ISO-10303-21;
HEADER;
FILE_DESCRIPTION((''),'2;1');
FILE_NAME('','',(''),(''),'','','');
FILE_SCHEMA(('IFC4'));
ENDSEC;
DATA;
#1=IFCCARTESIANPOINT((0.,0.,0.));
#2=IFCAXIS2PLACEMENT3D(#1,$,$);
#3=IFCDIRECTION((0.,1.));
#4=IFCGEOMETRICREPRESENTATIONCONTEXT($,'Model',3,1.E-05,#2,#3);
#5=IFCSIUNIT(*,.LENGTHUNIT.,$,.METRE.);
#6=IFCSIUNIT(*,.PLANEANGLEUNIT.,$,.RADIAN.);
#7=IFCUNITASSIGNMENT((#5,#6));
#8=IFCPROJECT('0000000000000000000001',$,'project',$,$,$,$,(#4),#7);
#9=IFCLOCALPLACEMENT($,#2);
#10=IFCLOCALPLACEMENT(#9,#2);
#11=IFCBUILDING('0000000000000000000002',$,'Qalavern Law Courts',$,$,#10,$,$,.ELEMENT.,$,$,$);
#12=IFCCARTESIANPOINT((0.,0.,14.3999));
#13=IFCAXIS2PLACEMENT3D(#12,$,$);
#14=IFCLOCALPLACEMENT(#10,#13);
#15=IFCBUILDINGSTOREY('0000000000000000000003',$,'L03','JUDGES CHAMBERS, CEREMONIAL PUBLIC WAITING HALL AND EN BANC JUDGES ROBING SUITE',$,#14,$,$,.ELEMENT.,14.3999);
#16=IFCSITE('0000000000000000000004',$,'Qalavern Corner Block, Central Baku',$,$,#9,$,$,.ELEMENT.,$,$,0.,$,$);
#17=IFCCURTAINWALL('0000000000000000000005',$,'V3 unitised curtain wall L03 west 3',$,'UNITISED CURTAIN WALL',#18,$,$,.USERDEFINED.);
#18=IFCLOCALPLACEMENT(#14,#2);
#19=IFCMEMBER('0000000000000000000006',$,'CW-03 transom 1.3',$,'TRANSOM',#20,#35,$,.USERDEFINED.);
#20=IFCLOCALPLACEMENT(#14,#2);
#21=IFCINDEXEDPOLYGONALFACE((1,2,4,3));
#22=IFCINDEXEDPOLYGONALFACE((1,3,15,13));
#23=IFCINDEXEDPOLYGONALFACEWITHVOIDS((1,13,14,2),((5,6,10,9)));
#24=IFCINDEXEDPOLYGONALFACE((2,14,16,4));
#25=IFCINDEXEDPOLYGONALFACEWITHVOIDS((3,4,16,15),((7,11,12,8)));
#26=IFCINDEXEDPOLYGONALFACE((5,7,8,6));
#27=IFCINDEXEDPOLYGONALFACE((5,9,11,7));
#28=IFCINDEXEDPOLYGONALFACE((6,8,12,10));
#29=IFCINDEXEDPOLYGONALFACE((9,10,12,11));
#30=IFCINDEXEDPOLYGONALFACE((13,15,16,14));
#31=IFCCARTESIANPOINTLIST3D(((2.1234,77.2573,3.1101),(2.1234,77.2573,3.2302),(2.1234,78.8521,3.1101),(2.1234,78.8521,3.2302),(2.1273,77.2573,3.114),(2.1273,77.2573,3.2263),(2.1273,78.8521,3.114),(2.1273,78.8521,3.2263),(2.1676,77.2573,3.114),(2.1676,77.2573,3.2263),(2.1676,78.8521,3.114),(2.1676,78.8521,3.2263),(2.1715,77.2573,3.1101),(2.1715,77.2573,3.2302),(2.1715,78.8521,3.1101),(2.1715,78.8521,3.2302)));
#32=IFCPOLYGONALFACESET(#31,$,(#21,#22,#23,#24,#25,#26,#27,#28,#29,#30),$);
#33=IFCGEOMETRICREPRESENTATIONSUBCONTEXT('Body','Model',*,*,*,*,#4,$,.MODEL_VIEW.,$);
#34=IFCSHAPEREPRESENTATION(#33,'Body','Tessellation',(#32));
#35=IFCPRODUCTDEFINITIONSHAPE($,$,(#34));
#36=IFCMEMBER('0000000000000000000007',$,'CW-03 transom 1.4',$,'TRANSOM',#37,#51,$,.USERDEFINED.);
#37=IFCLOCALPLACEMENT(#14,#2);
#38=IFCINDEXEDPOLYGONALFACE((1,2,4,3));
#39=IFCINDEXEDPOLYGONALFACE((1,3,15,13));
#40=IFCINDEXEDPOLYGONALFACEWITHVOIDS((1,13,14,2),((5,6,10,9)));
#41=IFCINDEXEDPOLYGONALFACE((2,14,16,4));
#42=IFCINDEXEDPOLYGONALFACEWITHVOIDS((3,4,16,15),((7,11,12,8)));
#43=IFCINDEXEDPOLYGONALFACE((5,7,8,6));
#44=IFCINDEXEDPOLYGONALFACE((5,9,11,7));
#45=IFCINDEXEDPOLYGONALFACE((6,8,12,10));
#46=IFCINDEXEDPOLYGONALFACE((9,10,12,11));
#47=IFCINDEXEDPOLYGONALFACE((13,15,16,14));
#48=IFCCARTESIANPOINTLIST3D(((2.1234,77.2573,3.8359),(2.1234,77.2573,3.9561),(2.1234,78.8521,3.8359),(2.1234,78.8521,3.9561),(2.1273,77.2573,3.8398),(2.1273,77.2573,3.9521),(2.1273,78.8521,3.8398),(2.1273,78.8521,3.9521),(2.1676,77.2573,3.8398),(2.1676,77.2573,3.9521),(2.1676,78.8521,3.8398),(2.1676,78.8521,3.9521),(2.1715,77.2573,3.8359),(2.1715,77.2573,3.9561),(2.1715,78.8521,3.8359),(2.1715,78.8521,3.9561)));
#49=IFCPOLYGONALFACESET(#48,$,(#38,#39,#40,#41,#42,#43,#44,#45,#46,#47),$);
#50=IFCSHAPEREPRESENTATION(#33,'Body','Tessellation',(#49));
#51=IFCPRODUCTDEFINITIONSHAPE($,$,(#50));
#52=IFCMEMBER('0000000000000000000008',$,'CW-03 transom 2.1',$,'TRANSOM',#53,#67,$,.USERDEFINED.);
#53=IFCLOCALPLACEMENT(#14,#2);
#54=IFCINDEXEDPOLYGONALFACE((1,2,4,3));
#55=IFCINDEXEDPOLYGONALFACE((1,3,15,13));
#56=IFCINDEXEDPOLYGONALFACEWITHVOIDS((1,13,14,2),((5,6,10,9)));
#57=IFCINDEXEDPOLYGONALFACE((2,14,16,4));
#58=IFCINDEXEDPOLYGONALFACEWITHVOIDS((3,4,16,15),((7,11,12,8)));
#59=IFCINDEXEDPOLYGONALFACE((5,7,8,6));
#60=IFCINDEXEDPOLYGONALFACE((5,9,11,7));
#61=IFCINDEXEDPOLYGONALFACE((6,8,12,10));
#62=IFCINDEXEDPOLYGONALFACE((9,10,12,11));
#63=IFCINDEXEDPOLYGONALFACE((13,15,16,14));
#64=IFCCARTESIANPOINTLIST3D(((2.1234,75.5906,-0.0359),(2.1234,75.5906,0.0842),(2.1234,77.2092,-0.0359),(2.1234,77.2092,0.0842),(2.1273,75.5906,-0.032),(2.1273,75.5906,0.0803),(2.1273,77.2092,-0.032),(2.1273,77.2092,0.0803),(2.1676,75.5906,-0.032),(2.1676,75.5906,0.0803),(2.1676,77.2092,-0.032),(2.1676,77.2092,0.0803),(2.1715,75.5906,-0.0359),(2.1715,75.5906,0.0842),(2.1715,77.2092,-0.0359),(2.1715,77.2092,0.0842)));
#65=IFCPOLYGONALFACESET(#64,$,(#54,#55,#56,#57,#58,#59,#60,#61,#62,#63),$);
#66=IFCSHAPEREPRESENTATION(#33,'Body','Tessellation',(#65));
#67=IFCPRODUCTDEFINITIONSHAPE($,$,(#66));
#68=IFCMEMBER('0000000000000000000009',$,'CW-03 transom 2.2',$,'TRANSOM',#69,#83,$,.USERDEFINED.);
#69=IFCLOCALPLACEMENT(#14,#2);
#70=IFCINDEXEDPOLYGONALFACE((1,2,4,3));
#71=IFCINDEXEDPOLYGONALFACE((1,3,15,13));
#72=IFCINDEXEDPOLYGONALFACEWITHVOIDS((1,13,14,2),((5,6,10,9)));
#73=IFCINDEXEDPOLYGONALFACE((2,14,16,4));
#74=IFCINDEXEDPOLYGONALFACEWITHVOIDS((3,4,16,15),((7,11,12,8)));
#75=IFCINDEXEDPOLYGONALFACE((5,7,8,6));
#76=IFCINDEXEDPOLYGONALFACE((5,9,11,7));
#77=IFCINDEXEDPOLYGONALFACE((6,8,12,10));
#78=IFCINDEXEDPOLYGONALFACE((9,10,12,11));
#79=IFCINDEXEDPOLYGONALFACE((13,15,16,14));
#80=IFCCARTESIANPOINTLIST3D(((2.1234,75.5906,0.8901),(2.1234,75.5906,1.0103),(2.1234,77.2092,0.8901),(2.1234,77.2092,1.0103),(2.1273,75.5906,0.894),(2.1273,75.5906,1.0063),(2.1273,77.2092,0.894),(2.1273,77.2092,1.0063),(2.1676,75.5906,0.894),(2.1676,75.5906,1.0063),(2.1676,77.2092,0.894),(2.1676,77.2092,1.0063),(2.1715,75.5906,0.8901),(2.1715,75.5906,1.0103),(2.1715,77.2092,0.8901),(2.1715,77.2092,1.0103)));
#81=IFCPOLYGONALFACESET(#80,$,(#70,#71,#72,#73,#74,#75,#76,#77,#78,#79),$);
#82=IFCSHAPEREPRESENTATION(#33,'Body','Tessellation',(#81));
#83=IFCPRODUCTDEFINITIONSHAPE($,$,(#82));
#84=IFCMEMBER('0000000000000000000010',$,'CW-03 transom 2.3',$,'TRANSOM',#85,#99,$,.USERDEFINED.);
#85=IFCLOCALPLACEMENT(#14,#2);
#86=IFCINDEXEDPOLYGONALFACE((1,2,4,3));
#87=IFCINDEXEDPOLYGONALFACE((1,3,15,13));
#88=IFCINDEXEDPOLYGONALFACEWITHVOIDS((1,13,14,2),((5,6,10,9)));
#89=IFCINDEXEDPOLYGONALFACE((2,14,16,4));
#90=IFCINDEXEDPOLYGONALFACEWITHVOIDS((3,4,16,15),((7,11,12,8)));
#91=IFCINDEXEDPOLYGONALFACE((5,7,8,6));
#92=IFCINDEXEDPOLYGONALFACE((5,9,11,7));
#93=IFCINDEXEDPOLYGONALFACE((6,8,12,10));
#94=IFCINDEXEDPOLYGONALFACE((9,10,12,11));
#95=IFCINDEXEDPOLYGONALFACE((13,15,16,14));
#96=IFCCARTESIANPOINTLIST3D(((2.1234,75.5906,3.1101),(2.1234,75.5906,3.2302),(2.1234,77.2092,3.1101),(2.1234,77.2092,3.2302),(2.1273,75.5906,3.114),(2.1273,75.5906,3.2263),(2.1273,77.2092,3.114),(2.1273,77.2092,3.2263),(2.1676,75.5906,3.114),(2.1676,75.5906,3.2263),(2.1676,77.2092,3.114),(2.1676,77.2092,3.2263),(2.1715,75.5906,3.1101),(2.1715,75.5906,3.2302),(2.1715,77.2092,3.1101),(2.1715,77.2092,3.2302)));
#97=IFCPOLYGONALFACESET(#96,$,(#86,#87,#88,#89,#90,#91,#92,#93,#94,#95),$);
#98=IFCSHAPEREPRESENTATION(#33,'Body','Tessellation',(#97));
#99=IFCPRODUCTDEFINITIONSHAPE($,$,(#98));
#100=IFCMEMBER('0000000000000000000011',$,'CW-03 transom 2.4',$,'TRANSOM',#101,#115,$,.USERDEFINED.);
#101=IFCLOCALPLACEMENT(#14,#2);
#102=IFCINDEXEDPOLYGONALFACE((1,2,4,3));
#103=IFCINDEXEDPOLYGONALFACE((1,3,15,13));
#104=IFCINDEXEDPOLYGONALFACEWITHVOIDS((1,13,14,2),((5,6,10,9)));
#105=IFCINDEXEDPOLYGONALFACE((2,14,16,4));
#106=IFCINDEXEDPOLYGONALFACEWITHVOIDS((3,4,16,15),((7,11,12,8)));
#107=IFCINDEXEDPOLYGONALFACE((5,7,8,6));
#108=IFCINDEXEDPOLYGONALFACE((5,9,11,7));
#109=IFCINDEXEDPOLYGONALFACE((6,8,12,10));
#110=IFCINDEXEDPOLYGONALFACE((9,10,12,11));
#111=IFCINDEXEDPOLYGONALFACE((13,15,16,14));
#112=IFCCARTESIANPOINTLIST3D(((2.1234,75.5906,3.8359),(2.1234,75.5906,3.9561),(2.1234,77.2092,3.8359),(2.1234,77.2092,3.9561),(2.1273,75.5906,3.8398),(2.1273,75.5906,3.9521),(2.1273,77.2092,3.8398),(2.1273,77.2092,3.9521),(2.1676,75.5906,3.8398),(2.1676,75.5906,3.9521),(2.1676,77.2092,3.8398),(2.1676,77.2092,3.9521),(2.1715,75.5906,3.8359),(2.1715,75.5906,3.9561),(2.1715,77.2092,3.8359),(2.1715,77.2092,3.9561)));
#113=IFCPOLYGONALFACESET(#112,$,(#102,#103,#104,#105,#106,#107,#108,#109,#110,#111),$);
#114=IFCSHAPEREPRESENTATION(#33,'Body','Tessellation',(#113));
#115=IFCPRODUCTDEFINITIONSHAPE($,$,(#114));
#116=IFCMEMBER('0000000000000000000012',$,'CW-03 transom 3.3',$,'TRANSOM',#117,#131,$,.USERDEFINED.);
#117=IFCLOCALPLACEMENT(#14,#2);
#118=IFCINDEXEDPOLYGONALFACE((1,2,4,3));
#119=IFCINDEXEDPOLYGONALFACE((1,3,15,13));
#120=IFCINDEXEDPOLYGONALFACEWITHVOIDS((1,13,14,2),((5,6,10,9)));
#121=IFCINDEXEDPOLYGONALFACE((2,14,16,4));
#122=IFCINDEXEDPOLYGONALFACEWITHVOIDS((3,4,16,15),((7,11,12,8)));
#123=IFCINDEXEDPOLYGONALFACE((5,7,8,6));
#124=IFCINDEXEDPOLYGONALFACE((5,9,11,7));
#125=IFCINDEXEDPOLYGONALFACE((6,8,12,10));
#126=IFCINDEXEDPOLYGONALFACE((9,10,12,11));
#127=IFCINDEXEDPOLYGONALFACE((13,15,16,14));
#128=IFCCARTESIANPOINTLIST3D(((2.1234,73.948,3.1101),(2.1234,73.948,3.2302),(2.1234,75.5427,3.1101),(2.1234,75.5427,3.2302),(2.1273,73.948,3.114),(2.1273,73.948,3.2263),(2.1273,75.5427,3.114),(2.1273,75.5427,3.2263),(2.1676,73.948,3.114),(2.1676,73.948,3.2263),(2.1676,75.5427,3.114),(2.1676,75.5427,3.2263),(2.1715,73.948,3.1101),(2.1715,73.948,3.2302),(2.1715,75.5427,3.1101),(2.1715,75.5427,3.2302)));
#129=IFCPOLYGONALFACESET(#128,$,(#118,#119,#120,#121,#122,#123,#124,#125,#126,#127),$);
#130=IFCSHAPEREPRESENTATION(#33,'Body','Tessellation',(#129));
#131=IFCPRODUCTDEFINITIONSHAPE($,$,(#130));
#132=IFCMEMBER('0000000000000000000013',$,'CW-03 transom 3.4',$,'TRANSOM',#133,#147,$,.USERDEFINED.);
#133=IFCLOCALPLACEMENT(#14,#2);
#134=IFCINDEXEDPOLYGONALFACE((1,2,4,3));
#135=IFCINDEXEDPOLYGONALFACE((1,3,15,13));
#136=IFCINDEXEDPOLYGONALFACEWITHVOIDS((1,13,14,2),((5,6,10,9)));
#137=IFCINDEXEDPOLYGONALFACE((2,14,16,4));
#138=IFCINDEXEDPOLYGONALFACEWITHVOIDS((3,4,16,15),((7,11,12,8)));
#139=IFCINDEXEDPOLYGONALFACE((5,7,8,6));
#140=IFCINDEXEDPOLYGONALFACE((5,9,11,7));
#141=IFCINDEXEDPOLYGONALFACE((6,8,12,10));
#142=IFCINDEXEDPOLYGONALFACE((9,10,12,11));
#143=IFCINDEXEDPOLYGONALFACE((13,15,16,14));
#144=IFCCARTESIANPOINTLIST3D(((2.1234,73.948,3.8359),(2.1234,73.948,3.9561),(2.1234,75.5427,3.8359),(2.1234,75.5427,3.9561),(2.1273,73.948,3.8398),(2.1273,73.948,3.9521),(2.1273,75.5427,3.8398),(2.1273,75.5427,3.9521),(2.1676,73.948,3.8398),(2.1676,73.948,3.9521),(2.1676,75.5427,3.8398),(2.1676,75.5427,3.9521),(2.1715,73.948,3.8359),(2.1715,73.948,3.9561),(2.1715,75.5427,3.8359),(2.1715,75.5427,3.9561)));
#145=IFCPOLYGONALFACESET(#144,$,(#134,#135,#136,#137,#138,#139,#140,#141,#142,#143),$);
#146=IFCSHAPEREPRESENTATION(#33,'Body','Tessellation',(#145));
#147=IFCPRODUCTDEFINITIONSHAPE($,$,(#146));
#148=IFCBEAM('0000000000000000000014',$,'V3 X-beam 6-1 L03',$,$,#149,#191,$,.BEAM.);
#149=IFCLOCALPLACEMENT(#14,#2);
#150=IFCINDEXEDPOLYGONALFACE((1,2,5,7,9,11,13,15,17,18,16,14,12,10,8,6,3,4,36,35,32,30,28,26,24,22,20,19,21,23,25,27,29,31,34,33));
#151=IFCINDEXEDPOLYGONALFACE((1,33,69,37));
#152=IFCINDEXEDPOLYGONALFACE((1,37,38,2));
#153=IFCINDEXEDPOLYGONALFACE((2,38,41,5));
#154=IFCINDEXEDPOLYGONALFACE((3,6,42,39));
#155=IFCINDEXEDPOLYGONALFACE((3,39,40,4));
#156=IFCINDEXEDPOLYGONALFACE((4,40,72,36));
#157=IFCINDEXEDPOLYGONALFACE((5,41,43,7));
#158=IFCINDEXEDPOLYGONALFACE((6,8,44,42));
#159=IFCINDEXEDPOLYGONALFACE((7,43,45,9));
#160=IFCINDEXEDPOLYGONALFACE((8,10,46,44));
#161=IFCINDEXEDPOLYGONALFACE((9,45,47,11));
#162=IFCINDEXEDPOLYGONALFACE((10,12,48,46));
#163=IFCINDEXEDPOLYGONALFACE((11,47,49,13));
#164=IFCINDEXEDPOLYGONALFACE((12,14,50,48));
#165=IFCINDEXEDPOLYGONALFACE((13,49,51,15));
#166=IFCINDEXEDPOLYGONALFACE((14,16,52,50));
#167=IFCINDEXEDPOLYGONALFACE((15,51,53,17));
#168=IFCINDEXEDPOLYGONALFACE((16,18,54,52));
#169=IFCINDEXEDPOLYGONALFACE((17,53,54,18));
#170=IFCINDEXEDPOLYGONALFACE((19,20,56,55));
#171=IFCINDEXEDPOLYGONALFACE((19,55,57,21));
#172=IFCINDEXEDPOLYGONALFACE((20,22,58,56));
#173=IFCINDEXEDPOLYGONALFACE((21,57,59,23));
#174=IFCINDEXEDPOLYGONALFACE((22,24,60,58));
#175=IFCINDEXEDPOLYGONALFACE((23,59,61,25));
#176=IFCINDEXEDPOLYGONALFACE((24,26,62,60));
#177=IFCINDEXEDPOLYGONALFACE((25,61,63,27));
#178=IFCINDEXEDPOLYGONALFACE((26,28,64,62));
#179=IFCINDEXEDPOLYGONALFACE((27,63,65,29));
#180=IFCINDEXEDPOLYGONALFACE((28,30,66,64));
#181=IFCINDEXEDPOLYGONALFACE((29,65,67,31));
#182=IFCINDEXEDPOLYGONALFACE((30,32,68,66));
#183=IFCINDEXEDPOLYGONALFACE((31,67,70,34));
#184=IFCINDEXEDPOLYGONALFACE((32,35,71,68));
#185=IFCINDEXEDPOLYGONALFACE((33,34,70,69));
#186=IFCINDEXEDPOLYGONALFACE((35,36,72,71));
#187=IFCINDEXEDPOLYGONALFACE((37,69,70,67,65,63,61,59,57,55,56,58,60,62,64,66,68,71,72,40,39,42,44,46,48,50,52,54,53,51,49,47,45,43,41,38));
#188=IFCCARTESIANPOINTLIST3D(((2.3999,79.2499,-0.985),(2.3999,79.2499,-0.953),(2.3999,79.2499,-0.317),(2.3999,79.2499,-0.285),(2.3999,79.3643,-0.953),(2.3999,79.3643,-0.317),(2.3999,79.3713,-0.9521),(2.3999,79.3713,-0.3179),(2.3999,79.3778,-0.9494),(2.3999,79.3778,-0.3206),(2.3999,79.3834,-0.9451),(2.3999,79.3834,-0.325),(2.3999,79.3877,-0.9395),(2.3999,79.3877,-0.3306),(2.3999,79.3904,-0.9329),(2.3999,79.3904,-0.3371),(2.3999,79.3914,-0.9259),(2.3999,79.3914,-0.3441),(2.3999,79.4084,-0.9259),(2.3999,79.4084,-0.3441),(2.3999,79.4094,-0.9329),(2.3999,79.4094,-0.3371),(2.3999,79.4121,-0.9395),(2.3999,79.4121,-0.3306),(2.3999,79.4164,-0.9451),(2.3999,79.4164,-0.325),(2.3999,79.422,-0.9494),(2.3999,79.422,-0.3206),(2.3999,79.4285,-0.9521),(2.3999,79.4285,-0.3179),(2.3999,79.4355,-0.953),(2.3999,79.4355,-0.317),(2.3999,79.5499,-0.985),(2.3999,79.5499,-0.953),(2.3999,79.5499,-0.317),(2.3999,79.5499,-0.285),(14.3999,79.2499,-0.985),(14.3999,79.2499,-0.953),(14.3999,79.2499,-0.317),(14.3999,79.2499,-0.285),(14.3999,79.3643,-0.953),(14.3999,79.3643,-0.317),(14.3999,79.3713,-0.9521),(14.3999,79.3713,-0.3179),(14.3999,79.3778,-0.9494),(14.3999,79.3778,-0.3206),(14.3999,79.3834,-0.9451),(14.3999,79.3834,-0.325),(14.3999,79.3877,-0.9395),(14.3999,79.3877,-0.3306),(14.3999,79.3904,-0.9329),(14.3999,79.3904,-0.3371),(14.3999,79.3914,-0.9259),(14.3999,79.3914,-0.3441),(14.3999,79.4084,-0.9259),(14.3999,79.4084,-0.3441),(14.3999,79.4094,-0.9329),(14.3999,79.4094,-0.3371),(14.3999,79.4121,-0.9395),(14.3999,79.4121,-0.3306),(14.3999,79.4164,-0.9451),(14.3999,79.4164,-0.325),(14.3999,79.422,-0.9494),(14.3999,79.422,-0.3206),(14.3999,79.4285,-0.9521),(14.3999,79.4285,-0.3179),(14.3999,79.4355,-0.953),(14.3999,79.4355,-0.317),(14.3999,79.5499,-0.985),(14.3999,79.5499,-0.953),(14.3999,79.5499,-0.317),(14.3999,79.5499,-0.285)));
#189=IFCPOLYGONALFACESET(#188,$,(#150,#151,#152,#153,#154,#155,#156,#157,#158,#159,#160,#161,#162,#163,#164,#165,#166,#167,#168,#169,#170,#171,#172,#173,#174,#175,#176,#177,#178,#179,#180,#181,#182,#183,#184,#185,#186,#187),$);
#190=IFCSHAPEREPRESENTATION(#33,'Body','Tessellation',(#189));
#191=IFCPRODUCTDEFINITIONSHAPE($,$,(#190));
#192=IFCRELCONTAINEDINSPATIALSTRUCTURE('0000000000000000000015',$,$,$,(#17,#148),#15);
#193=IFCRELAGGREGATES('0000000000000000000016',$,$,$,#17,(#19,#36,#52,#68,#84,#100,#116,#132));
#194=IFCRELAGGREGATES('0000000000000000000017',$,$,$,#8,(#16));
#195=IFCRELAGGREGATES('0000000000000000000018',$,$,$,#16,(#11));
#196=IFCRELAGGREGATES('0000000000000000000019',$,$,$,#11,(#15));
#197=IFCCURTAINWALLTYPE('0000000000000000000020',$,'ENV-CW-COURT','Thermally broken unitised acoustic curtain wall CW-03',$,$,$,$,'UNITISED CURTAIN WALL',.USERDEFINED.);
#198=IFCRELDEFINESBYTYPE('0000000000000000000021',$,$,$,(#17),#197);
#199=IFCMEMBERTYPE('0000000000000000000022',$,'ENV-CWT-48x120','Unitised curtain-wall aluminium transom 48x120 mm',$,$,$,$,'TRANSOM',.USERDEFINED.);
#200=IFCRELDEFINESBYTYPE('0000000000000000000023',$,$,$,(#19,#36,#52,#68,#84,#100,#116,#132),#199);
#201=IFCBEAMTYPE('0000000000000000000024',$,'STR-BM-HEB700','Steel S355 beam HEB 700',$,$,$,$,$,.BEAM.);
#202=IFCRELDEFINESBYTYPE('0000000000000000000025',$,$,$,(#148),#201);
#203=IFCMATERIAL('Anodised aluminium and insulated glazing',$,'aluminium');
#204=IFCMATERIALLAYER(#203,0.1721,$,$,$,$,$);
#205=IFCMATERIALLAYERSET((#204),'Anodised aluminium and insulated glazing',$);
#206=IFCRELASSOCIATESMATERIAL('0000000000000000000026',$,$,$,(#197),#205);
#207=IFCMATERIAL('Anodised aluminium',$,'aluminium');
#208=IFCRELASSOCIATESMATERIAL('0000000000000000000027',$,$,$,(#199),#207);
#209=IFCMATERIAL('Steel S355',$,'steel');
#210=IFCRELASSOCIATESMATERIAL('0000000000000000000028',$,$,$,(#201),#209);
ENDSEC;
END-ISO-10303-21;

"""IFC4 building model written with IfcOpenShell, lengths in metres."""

from ifc_helpers import new_model, si_unit, direction, frame, origin, origin_2d, place, context, subcontext, project, spatial, hollow_rectangle, i_section, extrude, material, layer, layer_set, material_profile, profile_set, type_object, element, aggregate, save


model = new_model("IFC4")

# Units and contexts
model_context = context("Model", 3, precision=1e-05, world=origin(), true_north=direction((0.0, 1.0)))
body_context = subcontext(model_context, "Body", "Model", "MODEL_VIEW")
ifc_project = project(units=[si_unit("LENGTHUNIT", "METRE"), si_unit("PLANEANGLEUNIT", "RADIAN")], contexts=[model_context])

# Site, building, storey
site_placement = place(None, origin())
site = spatial("IfcSite", under=ifc_project, at=site_placement, Name="Qalavern Corner Block, Central Baku", CompositionType="ELEMENT", RefElevation=0.0)
building_placement = place(site_placement, origin())
building = spatial("IfcBuilding", under=site, at=building_placement, Name="Qalavern Law Courts", CompositionType="ELEMENT")
storey_placement = place(building_placement, frame((0.0, 0.0, 14.3999)))
storey = spatial("IfcBuildingStorey", under=building, at=storey_placement, Name="L03", Description="JUDGES CHAMBERS, CEREMONIAL PUBLIC WAITING HALL AND EN BANC JUDGES ROBING SUITE", CompositionType="ELEMENT", Elevation=14.3999)

# Shared definitions
ifc_material_1 = material(Name="Anodised aluminium and insulated glazing", Category="aluminium")
ifc_layer_1 = layer(ifc_material_1, 0.1721)
ifc_layer_set_1 = layer_set([ifc_layer_1], Name="Anodised aluminium and insulated glazing")
curtain_wall_type = type_object("IfcCurtainWallType", Name="ENV-CW-COURT", Description="Thermally broken unitised acoustic curtain wall CW-03", ElementType="UNITISED CURTAIN WALL", PredefinedType="USERDEFINED", material=ifc_layer_set_1)
ifc_material_2 = material(Name="Anodised aluminium", Category="aluminium")

# Curtain wall
curtain_wall_1_placement = place(storey_placement, origin())
curtain_wall_1 = element("IfcCurtainWall", 1, at=curtain_wall_1_placement, inside=storey, type_object=curtain_wall_type, Name="V3 unitised curtain wall L03 west 3", ObjectType="UNITISED CURTAIN WALL", PredefinedType="USERDEFINED")

# Members
ifc_material_profile_1 = material_profile(ifc_material_2, hollow_rectangle(XDim=0.0481, YDim=0.1201, WallThickness=0.0039, at=origin_2d()), Name="ALU TRANSOM 48x120")
ifc_profile_set_1 = profile_set([ifc_material_profile_1], Name="Anodised aluminium")
member_type_1 = type_object("IfcMemberType", Name="ENV-CWT-48x120", Description="Unitised curtain-wall aluminium transom 48x120 mm", ElementType="TRANSOM", PredefinedType="USERDEFINED", material=ifc_profile_set_1)
member_1_placement = place(storey_placement, frame((2.1475, 78.8521, 3.1702), z_axis=(0.0, -1.0, 0.0), x_axis=(1.0, 0.0, 0.0)))
member_1 = element("IfcMember", 2, at=member_1_placement, type_object=member_type_1, Name="CW-03 transom 1.3", ObjectType="TRANSOM", PredefinedType="USERDEFINED", context=body_context, shape_type="SweptSolid", body=[
    extrude(hollow_rectangle(XDim=0.0481, YDim=0.1201, WallThickness=0.0039, at=origin_2d()), origin(), (0.0, 0.0, 1.0), 1.5947),
])
member_2_placement = place(storey_placement, frame((2.1475, 78.8521, 3.896), z_axis=(0.0, -1.0, 0.0), x_axis=(1.0, 0.0, 0.0)))
member_2 = element("IfcMember", 3, at=member_2_placement, type_object=member_type_1, Name="CW-03 transom 1.4", ObjectType="TRANSOM", PredefinedType="USERDEFINED", context=body_context, shape_type="SweptSolid", body=[
    extrude(hollow_rectangle(XDim=0.0481, YDim=0.1201, WallThickness=0.0039, at=origin_2d()), origin(), (0.0, 0.0, 1.0), 1.5947),
])
member_3_placement = place(storey_placement, frame((2.1475, 77.2092, 0.0242), z_axis=(0.0, -1.0, 0.0), x_axis=(1.0, 0.0, 0.0)))
member_3 = element("IfcMember", 4, at=member_3_placement, type_object=member_type_1, Name="CW-03 transom 2.1", ObjectType="TRANSOM", PredefinedType="USERDEFINED", context=body_context, shape_type="SweptSolid", body=[
    extrude(hollow_rectangle(XDim=0.0481, YDim=0.1201, WallThickness=0.0039, at=origin_2d()), origin(), (0.0, 0.0, 1.0), 1.6187),
])
member_4_placement = place(storey_placement, frame((2.1475, 77.2092, 0.9502), z_axis=(0.0, -1.0, 0.0), x_axis=(1.0, 0.0, 0.0)))
member_4 = element("IfcMember", 5, at=member_4_placement, type_object=member_type_1, Name="CW-03 transom 2.2", ObjectType="TRANSOM", PredefinedType="USERDEFINED", context=body_context, shape_type="SweptSolid", body=[
    extrude(hollow_rectangle(XDim=0.0481, YDim=0.1201, WallThickness=0.0039, at=origin_2d()), origin(), (0.0, 0.0, 1.0), 1.6187),
])
member_5_placement = place(storey_placement, frame((2.1475, 77.2092, 3.1702), z_axis=(0.0, -1.0, 0.0), x_axis=(1.0, 0.0, 0.0)))
member_5 = element("IfcMember", 6, at=member_5_placement, type_object=member_type_1, Name="CW-03 transom 2.3", ObjectType="TRANSOM", PredefinedType="USERDEFINED", context=body_context, shape_type="SweptSolid", body=[
    extrude(hollow_rectangle(XDim=0.0481, YDim=0.1201, WallThickness=0.0039, at=origin_2d()), origin(), (0.0, 0.0, 1.0), 1.6187),
])
member_6_placement = place(storey_placement, frame((2.1475, 77.2092, 3.896), z_axis=(0.0, -1.0, 0.0), x_axis=(1.0, 0.0, 0.0)))
member_6 = element("IfcMember", 7, at=member_6_placement, type_object=member_type_1, Name="CW-03 transom 2.4", ObjectType="TRANSOM", PredefinedType="USERDEFINED", context=body_context, shape_type="SweptSolid", body=[
    extrude(hollow_rectangle(XDim=0.0481, YDim=0.1201, WallThickness=0.0039, at=origin_2d()), origin(), (0.0, 0.0, 1.0), 1.6187),
])
member_7_placement = place(storey_placement, frame((2.1475, 75.5427, 3.1702), z_axis=(0.0, -1.0, 0.0), x_axis=(1.0, 0.0, 0.0)))
member_7 = element("IfcMember", 8, at=member_7_placement, type_object=member_type_1, Name="CW-03 transom 3.3", ObjectType="TRANSOM", PredefinedType="USERDEFINED", context=body_context, shape_type="SweptSolid", body=[
    extrude(hollow_rectangle(XDim=0.0481, YDim=0.1201, WallThickness=0.0039, at=origin_2d()), origin(), (0.0, 0.0, 1.0), 1.5947),
])
member_8_placement = place(storey_placement, frame((2.1475, 75.5427, 3.896), z_axis=(0.0, -1.0, 0.0), x_axis=(1.0, 0.0, 0.0)))
member_8 = element("IfcMember", 9, at=member_8_placement, type_object=member_type_1, Name="CW-03 transom 3.4", ObjectType="TRANSOM", PredefinedType="USERDEFINED", context=body_context, shape_type="SweptSolid", body=[
    extrude(hollow_rectangle(XDim=0.0481, YDim=0.1201, WallThickness=0.0039, at=origin_2d()), origin(), (0.0, 0.0, 1.0), 1.5947),
])

# Beam
ifc_material_3 = material(Name="Steel S355", Category="steel")
ifc_material_profile_2 = material_profile(ifc_material_3, i_section(OverallWidth=0.3, OverallDepth=0.7, WebThickness=0.0171, FlangeThickness=0.032, FilletRadius=0.0271, at=origin_2d()), Name="HEB 700")
ifc_profile_set_2 = profile_set([ifc_material_profile_2], Name="Steel S355")
beam_type_1 = type_object("IfcBeamType", Name="STR-BM-HEB700", Description="Steel S355 beam HEB 700", PredefinedType="BEAM", material=ifc_profile_set_2)
beam_1_placement = place(storey_placement, frame((2.3999, 79.3999, -0.635), z_axis=(1.0, 0.0, 0.0), x_axis=(0.0, 1.0, 0.0)))
element("IfcBeam", 10, at=beam_1_placement, inside=storey, type_object=beam_type_1, Name="V3 X-beam 6-1 L03", PredefinedType="BEAM", context=body_context, shape_type="SweptSolid", body=[
    extrude(i_section(OverallWidth=0.3, OverallDepth=0.7, WebThickness=0.0171, FlangeThickness=0.032, FilletRadius=0.0271, at=origin_2d()), origin(), (0.0, 0.0, 1.0), 12.0),
])

aggregate(curtain_wall_1, [member_1, member_2, member_3, member_4, member_5, member_6, member_7, member_8])

save(model, "model.ifc")
